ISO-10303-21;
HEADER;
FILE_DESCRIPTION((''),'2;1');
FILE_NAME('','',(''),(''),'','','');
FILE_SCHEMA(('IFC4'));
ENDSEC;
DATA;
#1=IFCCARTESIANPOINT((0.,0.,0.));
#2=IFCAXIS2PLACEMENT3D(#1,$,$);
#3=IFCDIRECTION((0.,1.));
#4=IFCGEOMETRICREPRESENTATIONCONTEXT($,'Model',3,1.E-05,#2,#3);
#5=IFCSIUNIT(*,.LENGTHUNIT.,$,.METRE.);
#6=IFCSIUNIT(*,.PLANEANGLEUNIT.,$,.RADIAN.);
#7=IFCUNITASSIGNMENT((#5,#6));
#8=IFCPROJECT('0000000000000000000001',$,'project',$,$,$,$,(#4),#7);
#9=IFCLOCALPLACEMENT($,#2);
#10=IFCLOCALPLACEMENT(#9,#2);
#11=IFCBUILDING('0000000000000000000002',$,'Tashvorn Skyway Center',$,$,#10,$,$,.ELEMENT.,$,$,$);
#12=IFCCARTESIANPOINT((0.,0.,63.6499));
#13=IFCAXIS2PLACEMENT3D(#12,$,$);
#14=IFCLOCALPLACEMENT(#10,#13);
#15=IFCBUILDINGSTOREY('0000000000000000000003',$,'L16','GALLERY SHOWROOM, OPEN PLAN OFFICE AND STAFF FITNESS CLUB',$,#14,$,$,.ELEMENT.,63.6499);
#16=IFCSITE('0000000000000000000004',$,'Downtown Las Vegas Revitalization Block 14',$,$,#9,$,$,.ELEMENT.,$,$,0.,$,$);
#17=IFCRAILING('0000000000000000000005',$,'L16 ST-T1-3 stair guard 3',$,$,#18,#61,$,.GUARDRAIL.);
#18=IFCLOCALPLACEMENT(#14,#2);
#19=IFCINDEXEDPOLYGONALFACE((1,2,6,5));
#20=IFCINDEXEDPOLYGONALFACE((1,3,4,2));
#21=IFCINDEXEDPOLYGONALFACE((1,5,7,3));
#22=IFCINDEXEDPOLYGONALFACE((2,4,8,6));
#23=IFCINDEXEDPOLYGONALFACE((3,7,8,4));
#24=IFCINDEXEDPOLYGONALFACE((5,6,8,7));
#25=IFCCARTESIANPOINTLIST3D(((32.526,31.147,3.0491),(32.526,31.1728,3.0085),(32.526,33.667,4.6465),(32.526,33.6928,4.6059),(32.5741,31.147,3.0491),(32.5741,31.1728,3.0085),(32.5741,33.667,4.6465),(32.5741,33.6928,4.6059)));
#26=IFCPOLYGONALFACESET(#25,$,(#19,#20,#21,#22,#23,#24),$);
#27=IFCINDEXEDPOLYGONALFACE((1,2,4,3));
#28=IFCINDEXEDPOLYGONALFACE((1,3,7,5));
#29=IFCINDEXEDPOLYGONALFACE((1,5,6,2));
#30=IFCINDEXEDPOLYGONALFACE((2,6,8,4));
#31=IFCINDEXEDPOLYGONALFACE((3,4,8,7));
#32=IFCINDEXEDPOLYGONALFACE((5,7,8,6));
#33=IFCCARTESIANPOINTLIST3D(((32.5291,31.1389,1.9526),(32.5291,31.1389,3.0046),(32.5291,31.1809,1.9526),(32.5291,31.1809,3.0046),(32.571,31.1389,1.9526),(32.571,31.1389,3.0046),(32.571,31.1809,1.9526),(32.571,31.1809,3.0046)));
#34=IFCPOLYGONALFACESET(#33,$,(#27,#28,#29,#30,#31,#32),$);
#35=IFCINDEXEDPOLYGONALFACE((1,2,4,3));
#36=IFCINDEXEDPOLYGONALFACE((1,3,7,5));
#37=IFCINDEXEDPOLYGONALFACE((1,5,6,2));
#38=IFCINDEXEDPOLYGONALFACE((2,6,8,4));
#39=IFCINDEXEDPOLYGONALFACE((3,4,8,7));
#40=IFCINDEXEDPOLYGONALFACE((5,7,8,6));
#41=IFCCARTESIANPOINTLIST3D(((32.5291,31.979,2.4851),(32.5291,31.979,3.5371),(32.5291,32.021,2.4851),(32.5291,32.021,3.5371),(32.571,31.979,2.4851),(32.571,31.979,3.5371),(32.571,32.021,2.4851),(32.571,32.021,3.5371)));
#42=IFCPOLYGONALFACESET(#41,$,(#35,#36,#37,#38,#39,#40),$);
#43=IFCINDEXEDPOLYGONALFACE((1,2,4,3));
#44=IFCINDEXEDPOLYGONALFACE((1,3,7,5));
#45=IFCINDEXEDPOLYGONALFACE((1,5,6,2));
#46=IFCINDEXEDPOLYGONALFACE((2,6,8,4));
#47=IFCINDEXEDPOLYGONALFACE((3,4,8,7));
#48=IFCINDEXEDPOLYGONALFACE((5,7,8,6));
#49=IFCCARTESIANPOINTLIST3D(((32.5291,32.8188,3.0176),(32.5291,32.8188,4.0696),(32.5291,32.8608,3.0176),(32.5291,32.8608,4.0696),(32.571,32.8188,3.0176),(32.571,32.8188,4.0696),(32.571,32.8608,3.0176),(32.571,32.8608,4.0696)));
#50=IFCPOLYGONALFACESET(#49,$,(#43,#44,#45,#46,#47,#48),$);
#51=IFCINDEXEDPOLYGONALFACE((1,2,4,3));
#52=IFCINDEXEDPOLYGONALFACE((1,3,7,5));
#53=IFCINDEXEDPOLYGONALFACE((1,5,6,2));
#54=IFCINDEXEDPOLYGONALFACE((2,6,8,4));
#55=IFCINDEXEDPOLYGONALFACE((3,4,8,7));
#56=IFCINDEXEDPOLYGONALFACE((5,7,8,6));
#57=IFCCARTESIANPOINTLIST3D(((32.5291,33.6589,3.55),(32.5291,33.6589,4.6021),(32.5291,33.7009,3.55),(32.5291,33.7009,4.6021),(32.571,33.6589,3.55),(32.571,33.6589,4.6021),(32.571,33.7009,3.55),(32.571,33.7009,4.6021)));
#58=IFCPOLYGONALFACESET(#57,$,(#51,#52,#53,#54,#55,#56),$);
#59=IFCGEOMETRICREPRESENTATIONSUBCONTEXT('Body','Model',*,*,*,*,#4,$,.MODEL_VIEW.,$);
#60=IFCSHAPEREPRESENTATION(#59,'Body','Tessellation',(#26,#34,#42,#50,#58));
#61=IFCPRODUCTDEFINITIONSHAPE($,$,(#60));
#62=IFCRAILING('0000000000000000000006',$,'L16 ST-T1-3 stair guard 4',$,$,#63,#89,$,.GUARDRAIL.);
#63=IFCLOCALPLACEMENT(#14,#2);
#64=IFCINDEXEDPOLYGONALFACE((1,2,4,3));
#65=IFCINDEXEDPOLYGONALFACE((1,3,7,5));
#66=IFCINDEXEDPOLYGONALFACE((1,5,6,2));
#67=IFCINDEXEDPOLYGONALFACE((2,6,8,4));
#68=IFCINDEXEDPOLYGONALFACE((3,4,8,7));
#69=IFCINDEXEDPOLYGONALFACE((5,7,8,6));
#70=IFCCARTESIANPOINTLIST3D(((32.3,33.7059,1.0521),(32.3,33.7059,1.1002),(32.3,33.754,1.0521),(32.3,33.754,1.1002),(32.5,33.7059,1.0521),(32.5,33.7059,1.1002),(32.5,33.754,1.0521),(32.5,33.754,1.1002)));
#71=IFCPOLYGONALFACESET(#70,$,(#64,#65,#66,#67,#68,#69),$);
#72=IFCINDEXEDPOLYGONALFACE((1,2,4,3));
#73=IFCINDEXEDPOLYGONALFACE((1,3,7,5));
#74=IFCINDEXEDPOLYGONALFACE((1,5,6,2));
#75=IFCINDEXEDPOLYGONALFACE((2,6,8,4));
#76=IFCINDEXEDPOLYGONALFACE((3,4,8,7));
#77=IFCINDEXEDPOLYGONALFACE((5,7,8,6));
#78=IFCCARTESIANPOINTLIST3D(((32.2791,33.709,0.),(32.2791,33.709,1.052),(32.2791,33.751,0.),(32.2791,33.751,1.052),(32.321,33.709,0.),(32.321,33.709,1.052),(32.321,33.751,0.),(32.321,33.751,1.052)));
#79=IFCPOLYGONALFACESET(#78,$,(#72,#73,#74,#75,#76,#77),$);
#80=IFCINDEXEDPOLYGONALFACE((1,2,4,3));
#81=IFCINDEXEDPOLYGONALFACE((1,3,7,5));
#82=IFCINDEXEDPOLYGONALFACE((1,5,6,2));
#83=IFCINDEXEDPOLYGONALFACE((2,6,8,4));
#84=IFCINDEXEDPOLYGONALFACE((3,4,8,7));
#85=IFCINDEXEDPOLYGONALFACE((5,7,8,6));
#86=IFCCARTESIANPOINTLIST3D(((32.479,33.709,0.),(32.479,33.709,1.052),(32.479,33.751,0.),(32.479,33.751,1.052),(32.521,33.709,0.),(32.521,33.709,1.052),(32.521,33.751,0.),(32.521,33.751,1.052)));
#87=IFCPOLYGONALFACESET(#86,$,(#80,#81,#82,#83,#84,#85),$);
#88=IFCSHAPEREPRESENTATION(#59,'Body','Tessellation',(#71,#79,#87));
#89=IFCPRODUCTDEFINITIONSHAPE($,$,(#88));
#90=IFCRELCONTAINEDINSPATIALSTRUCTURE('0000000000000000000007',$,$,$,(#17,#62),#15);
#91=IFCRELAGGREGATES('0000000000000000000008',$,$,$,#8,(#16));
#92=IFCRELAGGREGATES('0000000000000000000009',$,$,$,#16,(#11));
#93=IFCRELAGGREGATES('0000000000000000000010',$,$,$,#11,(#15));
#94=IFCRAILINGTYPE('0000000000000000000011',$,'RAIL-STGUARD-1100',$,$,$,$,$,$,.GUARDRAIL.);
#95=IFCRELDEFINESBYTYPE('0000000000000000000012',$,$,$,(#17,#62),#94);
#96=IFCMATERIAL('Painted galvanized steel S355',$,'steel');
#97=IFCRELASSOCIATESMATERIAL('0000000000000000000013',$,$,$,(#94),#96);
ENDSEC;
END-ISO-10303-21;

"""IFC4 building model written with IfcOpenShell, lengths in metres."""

from ifc_helpers import new_model, si_unit, direction, frame, origin, origin_2d, place, context, subcontext, project, spatial, rectangle, extrude, material, type_object, element, save


model = new_model("IFC4")

# Units and contexts
model_context = context("Model", 3, precision=1e-05, world=origin(), true_north=direction((0.0, 1.0)))
body_context = subcontext(model_context, "Body", "Model", "MODEL_VIEW")
ifc_project = project(units=[si_unit("LENGTHUNIT", "METRE"), si_unit("PLANEANGLEUNIT", "RADIAN")], contexts=[model_context])

# Site, building, storey
site_placement = place(None, origin())
site = spatial("IfcSite", under=ifc_project, at=site_placement, Name="Downtown Las Vegas Revitalization Block 14", CompositionType="ELEMENT", RefElevation=0.0)
building_placement = place(site_placement, origin())
building = spatial("IfcBuilding", under=site, at=building_placement, Name="Tashvorn Skyway Center", CompositionType="ELEMENT")
storey_placement = place(building_placement, frame((0.0, 0.0, 63.6499)))
storey = spatial("IfcBuildingStorey", under=building, at=storey_placement, Name="L16", Description="GALLERY SHOWROOM, OPEN PLAN OFFICE AND STAFF FITNESS CLUB", CompositionType="ELEMENT", Elevation=63.6499)

# Railings
ifc_material_1 = material(Name="Painted galvanized steel S355", Category="steel")
railing_type_1 = type_object("IfcRailingType", Name="RAIL-STGUARD-1100", PredefinedType="GUARDRAIL", material=ifc_material_1)
railing_1_placement = place(storey_placement, frame((32.55, 31.1599, 1.9526)))
element("IfcRailing", 1, at=railing_1_placement, inside=storey, type_object=railing_type_1, Name="L16 ST-T1-3 stair guard 3", PredefinedType="GUARDRAIL", context=body_context, shape_type="SweptSolid", body=[
    extrude(rectangle(XDim=0.0481, YDim=0.0481, at=origin_2d()), frame((0.0, 0.0, 1.0762), z_axis=(0.0, 0.844607, 0.535387), x_axis=(-1.0, 0.0, 0.0)), (0.0, 0.0, 1.0), 2.9836),
    extrude(rectangle(XDim=0.042, YDim=0.042, at=origin_2d()), origin(), (0.0, 0.0, 1.0), 1.052),
    extrude(rectangle(XDim=0.042, YDim=0.042, at=origin_2d()), frame((0.0, 0.8401, 0.5325)), (0.0, 0.0, 1.0), 1.052),
    extrude(rectangle(XDim=0.042, YDim=0.042, at=origin_2d()), frame((0.0, 1.6799, 1.0649)), (0.0, 0.0, 1.0), 1.052),
    extrude(rectangle(XDim=0.042, YDim=0.042, at=origin_2d()), frame((0.0, 2.52, 1.5974)), (0.0, 0.0, 1.0), 1.052),
])
railing_2_placement = place(storey_placement, frame((32.3, 33.73, 0.0)))
element("IfcRailing", 2, at=railing_2_placement, inside=storey, type_object=railing_type_1, Name="L16 ST-T1-3 stair guard 4", PredefinedType="GUARDRAIL", context=body_context, shape_type="SweptSolid", body=[
    extrude(rectangle(XDim=0.0481, YDim=0.0481, at=origin_2d()), frame((0.0, 0.0, 1.0762), z_axis=(1.0, 0.0, 0.0), x_axis=(0.0, 1.0, 0.0)), (0.0, 0.0, 1.0), 0.2),
    extrude(rectangle(XDim=0.042, YDim=0.042, at=origin_2d()), origin(), (0.0, 0.0, 1.0), 1.052),
    extrude(rectangle(XDim=0.042, YDim=0.042, at=origin_2d()), frame((0.2, 0.0, 0.0)), (0.0, 0.0, 1.0), 1.052),
])

save(model, "model.ifc")
